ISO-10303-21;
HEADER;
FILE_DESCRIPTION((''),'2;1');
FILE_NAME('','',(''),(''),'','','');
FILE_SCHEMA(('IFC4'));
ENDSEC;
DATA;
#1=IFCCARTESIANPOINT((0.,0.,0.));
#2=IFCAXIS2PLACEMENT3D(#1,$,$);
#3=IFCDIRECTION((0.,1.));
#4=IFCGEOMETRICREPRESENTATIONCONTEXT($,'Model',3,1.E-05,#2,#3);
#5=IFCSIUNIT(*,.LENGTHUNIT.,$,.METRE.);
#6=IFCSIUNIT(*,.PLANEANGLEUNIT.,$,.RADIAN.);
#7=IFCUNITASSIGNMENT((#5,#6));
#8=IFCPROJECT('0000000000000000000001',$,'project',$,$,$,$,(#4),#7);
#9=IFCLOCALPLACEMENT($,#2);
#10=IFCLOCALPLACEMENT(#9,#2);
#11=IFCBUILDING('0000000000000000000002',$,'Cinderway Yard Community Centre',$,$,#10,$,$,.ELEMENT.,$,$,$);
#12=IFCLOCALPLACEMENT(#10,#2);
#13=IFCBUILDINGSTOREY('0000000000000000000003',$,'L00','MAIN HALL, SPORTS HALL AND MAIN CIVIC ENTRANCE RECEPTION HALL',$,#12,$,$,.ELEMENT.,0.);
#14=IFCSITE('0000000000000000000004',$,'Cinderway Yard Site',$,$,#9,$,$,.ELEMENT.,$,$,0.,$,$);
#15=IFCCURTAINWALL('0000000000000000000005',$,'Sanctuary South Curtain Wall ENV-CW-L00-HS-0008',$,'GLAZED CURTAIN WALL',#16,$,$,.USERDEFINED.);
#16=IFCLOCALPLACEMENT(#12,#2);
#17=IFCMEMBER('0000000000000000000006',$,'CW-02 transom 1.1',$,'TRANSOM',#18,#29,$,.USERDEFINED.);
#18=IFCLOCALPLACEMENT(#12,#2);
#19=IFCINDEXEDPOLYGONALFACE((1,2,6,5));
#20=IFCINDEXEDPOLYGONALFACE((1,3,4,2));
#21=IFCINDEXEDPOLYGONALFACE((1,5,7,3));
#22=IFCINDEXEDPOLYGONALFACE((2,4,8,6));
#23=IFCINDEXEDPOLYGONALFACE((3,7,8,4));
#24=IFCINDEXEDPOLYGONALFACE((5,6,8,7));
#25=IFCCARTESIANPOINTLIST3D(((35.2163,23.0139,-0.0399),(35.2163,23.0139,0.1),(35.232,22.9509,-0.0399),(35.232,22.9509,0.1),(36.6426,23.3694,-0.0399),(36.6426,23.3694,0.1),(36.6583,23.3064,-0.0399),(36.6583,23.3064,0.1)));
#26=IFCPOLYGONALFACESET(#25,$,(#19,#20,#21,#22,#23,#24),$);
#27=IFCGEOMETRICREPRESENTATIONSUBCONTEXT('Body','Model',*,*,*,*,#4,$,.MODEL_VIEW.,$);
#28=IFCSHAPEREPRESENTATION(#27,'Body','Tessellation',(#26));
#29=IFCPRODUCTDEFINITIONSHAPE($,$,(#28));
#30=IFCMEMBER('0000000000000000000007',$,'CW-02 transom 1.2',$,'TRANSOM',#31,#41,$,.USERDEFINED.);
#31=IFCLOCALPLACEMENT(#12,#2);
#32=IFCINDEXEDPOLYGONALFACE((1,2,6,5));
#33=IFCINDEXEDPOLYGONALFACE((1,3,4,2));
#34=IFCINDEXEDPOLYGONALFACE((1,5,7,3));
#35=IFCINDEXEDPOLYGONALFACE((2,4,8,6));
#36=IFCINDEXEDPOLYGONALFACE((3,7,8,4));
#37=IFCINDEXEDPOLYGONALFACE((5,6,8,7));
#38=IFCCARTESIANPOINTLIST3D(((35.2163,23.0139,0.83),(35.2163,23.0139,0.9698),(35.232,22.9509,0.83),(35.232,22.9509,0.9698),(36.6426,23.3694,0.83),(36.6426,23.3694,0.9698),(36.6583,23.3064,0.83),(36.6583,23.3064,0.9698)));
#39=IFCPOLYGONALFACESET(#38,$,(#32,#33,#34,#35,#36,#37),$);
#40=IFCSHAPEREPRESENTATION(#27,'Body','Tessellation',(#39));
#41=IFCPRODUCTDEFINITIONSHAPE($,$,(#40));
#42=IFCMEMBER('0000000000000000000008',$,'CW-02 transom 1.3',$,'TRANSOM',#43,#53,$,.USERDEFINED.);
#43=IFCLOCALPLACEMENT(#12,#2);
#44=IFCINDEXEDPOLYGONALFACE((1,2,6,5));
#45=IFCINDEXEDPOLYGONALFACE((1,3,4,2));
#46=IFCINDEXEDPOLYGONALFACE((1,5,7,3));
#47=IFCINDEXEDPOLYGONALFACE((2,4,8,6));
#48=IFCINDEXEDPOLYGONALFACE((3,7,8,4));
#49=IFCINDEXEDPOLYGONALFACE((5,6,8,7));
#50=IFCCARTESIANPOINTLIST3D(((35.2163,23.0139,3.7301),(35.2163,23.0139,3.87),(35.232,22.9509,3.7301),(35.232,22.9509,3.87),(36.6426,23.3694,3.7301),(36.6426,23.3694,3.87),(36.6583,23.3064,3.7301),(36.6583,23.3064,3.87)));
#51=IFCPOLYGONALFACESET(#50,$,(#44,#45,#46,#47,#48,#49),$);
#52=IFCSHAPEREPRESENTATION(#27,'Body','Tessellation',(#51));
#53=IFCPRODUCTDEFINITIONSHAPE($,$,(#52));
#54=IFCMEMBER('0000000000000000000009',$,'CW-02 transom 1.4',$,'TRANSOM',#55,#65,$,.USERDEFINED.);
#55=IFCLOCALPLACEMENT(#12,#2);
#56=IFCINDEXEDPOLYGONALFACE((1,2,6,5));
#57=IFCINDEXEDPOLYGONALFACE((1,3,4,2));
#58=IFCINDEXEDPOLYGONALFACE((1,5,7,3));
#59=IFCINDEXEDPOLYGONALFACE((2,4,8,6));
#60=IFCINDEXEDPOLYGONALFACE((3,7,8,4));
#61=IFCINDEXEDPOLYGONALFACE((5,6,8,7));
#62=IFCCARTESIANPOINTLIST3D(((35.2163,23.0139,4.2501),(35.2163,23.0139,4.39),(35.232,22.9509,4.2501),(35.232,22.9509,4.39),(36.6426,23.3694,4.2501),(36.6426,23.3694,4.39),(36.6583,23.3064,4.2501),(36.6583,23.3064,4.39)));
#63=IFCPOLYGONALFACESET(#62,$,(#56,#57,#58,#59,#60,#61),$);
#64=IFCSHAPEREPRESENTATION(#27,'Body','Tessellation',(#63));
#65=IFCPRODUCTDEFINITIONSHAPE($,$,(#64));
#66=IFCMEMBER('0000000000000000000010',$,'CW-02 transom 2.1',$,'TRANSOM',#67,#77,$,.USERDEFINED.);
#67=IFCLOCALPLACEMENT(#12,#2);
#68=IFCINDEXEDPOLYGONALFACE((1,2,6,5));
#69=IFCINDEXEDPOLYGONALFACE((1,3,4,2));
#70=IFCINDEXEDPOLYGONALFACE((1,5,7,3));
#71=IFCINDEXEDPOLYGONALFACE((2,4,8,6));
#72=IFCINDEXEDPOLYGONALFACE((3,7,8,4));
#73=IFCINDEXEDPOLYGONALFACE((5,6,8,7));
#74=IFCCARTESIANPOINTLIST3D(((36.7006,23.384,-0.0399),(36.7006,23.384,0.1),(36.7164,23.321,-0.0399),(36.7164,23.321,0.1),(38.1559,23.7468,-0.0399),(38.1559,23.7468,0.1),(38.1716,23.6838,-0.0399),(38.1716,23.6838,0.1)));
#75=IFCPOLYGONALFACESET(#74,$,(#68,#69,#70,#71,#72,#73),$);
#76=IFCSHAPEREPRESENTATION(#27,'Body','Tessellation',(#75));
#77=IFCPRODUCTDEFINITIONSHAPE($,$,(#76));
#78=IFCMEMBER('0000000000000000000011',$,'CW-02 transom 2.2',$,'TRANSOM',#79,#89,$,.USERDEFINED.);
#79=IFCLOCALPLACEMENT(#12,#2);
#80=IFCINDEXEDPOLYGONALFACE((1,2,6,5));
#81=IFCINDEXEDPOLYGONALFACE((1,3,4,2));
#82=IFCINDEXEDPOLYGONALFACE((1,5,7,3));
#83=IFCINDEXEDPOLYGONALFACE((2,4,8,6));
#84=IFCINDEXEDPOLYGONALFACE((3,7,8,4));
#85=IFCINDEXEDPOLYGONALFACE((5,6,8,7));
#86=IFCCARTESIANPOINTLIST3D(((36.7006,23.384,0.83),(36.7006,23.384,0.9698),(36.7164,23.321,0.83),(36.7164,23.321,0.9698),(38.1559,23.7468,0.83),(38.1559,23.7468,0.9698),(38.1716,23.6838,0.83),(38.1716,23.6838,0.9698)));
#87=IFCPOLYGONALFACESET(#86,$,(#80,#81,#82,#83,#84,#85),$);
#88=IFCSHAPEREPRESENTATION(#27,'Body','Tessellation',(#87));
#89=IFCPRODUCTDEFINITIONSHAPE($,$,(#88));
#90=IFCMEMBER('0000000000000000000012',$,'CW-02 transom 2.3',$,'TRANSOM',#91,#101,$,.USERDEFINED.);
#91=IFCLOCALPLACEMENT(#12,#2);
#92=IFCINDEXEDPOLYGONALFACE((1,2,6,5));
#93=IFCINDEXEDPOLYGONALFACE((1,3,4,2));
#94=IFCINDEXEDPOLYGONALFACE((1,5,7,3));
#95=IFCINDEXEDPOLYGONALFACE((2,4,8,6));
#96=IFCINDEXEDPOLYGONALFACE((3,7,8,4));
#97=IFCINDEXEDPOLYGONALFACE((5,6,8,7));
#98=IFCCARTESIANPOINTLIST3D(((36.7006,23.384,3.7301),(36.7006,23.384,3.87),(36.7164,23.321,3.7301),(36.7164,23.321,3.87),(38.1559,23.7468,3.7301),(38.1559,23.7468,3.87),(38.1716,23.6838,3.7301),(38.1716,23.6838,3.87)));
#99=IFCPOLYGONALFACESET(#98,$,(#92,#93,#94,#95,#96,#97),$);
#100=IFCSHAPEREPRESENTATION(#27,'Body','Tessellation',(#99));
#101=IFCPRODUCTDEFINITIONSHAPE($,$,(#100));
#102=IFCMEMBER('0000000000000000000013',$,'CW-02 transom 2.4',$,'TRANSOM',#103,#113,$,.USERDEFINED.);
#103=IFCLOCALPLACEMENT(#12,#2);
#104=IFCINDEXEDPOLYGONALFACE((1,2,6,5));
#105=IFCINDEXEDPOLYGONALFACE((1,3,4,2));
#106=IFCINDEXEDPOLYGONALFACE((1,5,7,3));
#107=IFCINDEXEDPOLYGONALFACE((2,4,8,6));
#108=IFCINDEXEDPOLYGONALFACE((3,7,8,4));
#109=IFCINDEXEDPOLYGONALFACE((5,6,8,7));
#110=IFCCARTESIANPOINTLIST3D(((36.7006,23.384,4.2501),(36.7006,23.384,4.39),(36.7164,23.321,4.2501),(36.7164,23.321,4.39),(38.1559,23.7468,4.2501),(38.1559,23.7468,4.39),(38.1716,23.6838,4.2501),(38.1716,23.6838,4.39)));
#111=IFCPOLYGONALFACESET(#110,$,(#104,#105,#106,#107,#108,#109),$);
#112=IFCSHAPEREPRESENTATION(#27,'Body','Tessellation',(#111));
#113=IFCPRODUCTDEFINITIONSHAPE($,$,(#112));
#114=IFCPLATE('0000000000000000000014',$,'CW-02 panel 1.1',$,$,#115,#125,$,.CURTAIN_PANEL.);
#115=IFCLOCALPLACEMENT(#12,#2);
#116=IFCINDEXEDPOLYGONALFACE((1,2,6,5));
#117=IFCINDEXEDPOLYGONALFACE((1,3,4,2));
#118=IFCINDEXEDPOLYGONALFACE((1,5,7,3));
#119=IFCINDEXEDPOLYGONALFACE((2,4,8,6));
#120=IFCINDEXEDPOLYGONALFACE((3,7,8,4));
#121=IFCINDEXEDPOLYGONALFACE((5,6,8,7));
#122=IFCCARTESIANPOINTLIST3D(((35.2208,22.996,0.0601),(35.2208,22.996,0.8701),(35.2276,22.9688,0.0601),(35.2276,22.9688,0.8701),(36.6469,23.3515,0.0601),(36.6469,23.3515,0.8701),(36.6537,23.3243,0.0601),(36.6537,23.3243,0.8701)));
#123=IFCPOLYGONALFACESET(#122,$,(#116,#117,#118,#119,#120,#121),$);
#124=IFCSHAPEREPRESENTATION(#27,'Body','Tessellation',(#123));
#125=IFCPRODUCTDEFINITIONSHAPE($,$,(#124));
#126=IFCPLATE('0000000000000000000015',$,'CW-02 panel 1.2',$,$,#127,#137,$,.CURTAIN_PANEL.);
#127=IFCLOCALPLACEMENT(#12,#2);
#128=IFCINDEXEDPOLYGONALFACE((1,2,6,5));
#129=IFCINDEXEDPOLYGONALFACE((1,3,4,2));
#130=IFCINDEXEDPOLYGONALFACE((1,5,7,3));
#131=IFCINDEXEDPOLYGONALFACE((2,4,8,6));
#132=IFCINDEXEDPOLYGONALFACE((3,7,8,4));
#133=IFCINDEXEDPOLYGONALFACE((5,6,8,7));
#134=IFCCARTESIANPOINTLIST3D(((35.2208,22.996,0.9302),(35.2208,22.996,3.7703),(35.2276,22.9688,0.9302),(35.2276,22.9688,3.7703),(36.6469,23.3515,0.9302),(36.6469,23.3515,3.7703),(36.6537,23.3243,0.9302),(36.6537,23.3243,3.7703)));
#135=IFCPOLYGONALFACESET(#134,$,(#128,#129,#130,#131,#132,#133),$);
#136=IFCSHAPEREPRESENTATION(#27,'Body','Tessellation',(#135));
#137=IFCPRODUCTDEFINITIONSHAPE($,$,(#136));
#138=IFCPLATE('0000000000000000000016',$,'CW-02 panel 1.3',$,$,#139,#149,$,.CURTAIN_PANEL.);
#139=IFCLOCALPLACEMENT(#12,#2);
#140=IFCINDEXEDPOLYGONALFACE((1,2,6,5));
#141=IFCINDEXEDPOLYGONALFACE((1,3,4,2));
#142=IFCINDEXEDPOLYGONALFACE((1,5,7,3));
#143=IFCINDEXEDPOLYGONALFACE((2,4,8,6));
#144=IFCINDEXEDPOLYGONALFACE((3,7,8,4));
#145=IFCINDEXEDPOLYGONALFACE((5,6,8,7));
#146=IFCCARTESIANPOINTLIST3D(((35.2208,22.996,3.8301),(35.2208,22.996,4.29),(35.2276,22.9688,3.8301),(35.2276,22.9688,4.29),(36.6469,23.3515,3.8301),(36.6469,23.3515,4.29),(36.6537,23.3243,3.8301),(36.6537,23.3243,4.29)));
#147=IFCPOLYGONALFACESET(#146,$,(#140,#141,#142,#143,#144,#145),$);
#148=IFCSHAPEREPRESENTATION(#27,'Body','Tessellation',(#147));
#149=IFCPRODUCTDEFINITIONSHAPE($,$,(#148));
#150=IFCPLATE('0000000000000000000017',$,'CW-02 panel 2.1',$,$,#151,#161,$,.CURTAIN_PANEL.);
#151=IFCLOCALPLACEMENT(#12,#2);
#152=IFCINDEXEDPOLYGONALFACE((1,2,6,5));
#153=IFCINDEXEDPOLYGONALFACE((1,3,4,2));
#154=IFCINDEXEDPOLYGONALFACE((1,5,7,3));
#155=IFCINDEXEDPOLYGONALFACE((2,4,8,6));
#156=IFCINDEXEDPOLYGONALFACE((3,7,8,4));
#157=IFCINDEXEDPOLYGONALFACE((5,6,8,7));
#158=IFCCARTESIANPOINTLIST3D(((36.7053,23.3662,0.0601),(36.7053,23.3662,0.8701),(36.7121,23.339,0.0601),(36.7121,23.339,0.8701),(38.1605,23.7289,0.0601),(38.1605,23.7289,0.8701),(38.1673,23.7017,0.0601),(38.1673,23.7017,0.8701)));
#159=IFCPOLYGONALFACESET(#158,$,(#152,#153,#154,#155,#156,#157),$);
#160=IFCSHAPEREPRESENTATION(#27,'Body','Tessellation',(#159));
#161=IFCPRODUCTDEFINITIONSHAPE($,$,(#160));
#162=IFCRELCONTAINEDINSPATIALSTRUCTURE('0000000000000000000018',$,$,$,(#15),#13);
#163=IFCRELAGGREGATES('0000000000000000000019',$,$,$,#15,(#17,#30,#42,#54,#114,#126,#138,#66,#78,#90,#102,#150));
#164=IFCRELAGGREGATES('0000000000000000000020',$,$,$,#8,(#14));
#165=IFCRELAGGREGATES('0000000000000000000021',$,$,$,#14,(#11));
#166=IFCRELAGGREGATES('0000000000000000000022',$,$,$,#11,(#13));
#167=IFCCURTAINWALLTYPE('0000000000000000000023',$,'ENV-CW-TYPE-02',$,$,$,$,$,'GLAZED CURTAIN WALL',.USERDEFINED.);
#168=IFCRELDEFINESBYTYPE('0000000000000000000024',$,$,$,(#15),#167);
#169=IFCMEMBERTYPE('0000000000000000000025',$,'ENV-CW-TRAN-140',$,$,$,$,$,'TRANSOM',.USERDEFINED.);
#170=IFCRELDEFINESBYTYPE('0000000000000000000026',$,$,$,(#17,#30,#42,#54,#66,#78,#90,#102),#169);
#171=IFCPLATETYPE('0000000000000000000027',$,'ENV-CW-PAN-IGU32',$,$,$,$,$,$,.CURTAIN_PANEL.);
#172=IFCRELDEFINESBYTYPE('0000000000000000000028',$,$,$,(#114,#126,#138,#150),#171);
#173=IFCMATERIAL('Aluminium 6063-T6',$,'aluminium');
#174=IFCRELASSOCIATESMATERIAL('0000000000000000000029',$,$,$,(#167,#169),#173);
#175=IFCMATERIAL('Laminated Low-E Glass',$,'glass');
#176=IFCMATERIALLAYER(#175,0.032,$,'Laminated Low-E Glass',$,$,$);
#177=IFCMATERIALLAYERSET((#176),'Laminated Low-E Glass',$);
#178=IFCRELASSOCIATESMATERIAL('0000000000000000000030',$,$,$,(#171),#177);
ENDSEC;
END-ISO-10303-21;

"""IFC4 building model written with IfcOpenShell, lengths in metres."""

from ifc_helpers import new_model, si_unit, direction, frame, origin, origin_2d, place, context, subcontext, project, spatial, rectangle, extrude, material, layer, layer_set, material_profile, profile_set, type_object, element, aggregate, save


model = new_model("IFC4")

# Units and contexts
model_context = context("Model", 3, precision=1e-05, world=origin(), true_north=direction((0.0, 1.0)))
body_context = subcontext(model_context, "Body", "Model", "MODEL_VIEW")
ifc_project = project(units=[si_unit("LENGTHUNIT", "METRE"), si_unit("PLANEANGLEUNIT", "RADIAN")], contexts=[model_context])

# Site, building, storey
site_placement = place(None, origin())
site = spatial("IfcSite", under=ifc_project, at=site_placement, Name="Cinderway Yard Site", CompositionType="ELEMENT", RefElevation=0.0)
building_placement = place(site_placement, origin())
building = spatial("IfcBuilding", under=site, at=building_placement, Name="Cinderway Yard Community Centre", CompositionType="ELEMENT")
storey_placement = place(building_placement, origin())
storey = spatial("IfcBuildingStorey", under=building, at=storey_placement, Name="L00", Description="MAIN HALL, SPORTS HALL AND MAIN CIVIC ENTRANCE RECEPTION HALL", CompositionType="ELEMENT", Elevation=0.0)

# Curtain wall, members, plates
ifc_material_1 = material(Name="Aluminium 6063-T6", Category="aluminium")
curtain_wall_type = type_object("IfcCurtainWallType", Name="ENV-CW-TYPE-02", ElementType="GLAZED CURTAIN WALL", PredefinedType="USERDEFINED", material=ifc_material_1)
curtain_wall_placement = place(storey_placement, origin())
curtain_wall = element("IfcCurtainWall", 1, at=curtain_wall_placement, inside=storey, type_object=curtain_wall_type, Name="Sanctuary South Curtain Wall ENV-CW-L00-HS-0008", ObjectType="GLAZED CURTAIN WALL", PredefinedType="USERDEFINED")
ifc_material_profile_1 = material_profile(ifc_material_1, rectangle(XDim=0.0649, YDim=0.1399, at=origin_2d()), Name="Aluminium 6063-T6")
ifc_profile_set_1 = profile_set([ifc_material_profile_1], Name="Aluminium 6063-T6")
member_type_1 = type_object("IfcMemberType", Name="ENV-CW-TRAN-140", ElementType="TRANSOM", PredefinedType="USERDEFINED", material=ifc_profile_set_1)
member_1_placement = place(storey_placement, frame((35.2241, 22.9824, 0.03), z_axis=(0.970318, 0.241832, 0.0), x_axis=(-0.241832, 0.970318, 0.0)))
member_1 = element("IfcMember", 2, at=member_1_placement, type_object=member_type_1, Name="CW-02 transom 1.1", ObjectType="TRANSOM", PredefinedType="USERDEFINED", context=body_context, shape_type="SweptSolid", body=[
    extrude(rectangle(XDim=0.0649, YDim=0.1399, at=origin_2d()), origin(), (0.0, 0.0, 1.0), 1.47),
])
member_2_placement = place(storey_placement, frame((35.2241, 22.9824, 0.8999), z_axis=(0.970318, 0.241832, 0.0), x_axis=(-0.241832, 0.970318, 0.0)))
member_2 = element("IfcMember", 3, at=member_2_placement, type_object=member_type_1, Name="CW-02 transom 1.2", ObjectType="TRANSOM", PredefinedType="USERDEFINED", context=body_context, shape_type="SweptSolid", body=[
    extrude(rectangle(XDim=0.0649, YDim=0.1399, at=origin_2d()), origin(), (0.0, 0.0, 1.0), 1.47),
])
member_3_placement = place(storey_placement, frame((35.2241, 22.9824, 3.8), z_axis=(0.970318, 0.241832, 0.0), x_axis=(-0.241832, 0.970318, 0.0)))
member_3 = element("IfcMember", 4, at=member_3_placement, type_object=member_type_1, Name="CW-02 transom 1.3", ObjectType="TRANSOM", PredefinedType="USERDEFINED", context=body_context, shape_type="SweptSolid", body=[
    extrude(rectangle(XDim=0.0649, YDim=0.1399, at=origin_2d()), origin(), (0.0, 0.0, 1.0), 1.47),
])
member_4_placement = place(storey_placement, frame((35.2241, 22.9824, 4.3201), z_axis=(0.970318, 0.241832, 0.0), x_axis=(-0.241832, 0.970318, 0.0)))
member_4 = element("IfcMember", 5, at=member_4_placement, type_object=member_type_1, Name="CW-02 transom 1.4", ObjectType="TRANSOM", PredefinedType="USERDEFINED", context=body_context, shape_type="SweptSolid", body=[
    extrude(rectangle(XDim=0.0649, YDim=0.1399, at=origin_2d()), origin(), (0.0, 0.0, 1.0), 1.47),
])
member_5_placement = place(storey_placement, frame((36.7085, 23.3525, 0.03), z_axis=(0.970305, 0.241884, 0.0), x_axis=(-0.241884, 0.970305, 0.0)))
member_5 = element("IfcMember", 6, at=member_5_placement, type_object=member_type_1, Name="CW-02 transom 2.1", ObjectType="TRANSOM", PredefinedType="USERDEFINED", context=body_context, shape_type="SweptSolid", body=[
    extrude(rectangle(XDim=0.0649, YDim=0.1399, at=origin_2d()), origin(), (0.0, 0.0, 1.0), 1.4998),
])
member_6_placement = place(storey_placement, frame((36.7085, 23.3525, 0.8999), z_axis=(0.970305, 0.241884, 0.0), x_axis=(-0.241884, 0.970305, 0.0)))
member_6 = element("IfcMember", 7, at=member_6_placement, type_object=member_type_1, Name="CW-02 transom 2.2", ObjectType="TRANSOM", PredefinedType="USERDEFINED", context=body_context, shape_type="SweptSolid", body=[
    extrude(rectangle(XDim=0.0649, YDim=0.1399, at=origin_2d()), origin(), (0.0, 0.0, 1.0), 1.4998),
])
member_7_placement = place(storey_placement, frame((36.7085, 23.3525, 3.8), z_axis=(0.970305, 0.241884, 0.0), x_axis=(-0.241884, 0.970305, 0.0)))
member_7 = element("IfcMember", 8, at=member_7_placement, type_object=member_type_1, Name="CW-02 transom 2.3", ObjectType="TRANSOM", PredefinedType="USERDEFINED", context=body_context, shape_type="SweptSolid", body=[
    extrude(rectangle(XDim=0.0649, YDim=0.1399, at=origin_2d()), origin(), (0.0, 0.0, 1.0), 1.4998),
])
member_8_placement = place(storey_placement, frame((36.7085, 23.3525, 4.3201), z_axis=(0.970305, 0.241884, 0.0), x_axis=(-0.241884, 0.970305, 0.0)))
member_8 = element("IfcMember", 9, at=member_8_placement, type_object=member_type_1, Name="CW-02 transom 2.4", ObjectType="TRANSOM", PredefinedType="USERDEFINED", context=body_context, shape_type="SweptSolid", body=[
    extrude(rectangle(XDim=0.0649, YDim=0.1399, at=origin_2d()), origin(), (0.0, 0.0, 1.0), 1.4998),
])
ifc_material_2 = material(Name="Laminated Low-E Glass", Category="glass")
ifc_layer = layer(ifc_material_2, 0.032, Name="Laminated Low-E Glass")
ifc_layer_set = layer_set([ifc_layer], Name="Laminated Low-E Glass")
plate_type = type_object("IfcPlateType", Name="ENV-CW-PAN-IGU32", PredefinedType="CURTAIN_PANEL", material=ifc_layer_set)
plate_1_placement = place(storey_placement, frame((35.9373, 23.1602, 0.0601), z_axis=(0.0, 0.0, 1.0), x_axis=(0.970312, 0.241857, 0.0)))
plate_1 = element("IfcPlate", 10, at=plate_1_placement, type_object=plate_type, Name="CW-02 panel 1.1", PredefinedType="CURTAIN_PANEL", context=body_context, shape_type="SweptSolid", body=[
    extrude(rectangle(XDim=1.4697, YDim=0.0281, at=origin_2d()), origin(), (0.0, 0.0, 1.0), 0.8101),
])
plate_2_placement = place(storey_placement, frame((35.9373, 23.1602, 0.9302), z_axis=(0.0, 0.0, 1.0), x_axis=(0.970312, 0.241857, 0.0)))
plate_2 = element("IfcPlate", 11, at=plate_2_placement, type_object=plate_type, Name="CW-02 panel 1.2", PredefinedType="CURTAIN_PANEL", context=body_context, shape_type="SweptSolid", body=[
    extrude(rectangle(XDim=1.4697, YDim=0.0281, at=origin_2d()), origin(), (0.0, 0.0, 1.0), 2.8401),
])
plate_3_placement = place(storey_placement, frame((35.9373, 23.1602, 3.8301), z_axis=(0.0, 0.0, 1.0), x_axis=(0.970312, 0.241857, 0.0)))
plate_3 = element("IfcPlate", 12, at=plate_3_placement, type_object=plate_type, Name="CW-02 panel 1.3", PredefinedType="CURTAIN_PANEL", context=body_context, shape_type="SweptSolid", body=[
    extrude(rectangle(XDim=1.4697, YDim=0.0281, at=origin_2d()), origin(), (0.0, 0.0, 1.0), 0.46),
])
plate_4_placement = place(storey_placement, frame((37.4363, 23.5339, 0.0601), z_axis=(0.0, 0.0, 1.0), x_axis=(0.970312, 0.241857, 0.0)))
plate_4 = element("IfcPlate", 13, at=plate_4_placement, type_object=plate_type, Name="CW-02 panel 2.1", PredefinedType="CURTAIN_PANEL", context=body_context, shape_type="SweptSolid", body=[
    extrude(rectangle(XDim=1.4998, YDim=0.0281, at=origin_2d()), origin(), (0.0, 0.0, 1.0), 0.8101),
])
aggregate(curtain_wall, [member_1, member_2, member_3, member_4, plate_1, plate_2, plate_3, member_5, member_6, member_7, member_8, plate_4])

save(model, "model.ifc")
